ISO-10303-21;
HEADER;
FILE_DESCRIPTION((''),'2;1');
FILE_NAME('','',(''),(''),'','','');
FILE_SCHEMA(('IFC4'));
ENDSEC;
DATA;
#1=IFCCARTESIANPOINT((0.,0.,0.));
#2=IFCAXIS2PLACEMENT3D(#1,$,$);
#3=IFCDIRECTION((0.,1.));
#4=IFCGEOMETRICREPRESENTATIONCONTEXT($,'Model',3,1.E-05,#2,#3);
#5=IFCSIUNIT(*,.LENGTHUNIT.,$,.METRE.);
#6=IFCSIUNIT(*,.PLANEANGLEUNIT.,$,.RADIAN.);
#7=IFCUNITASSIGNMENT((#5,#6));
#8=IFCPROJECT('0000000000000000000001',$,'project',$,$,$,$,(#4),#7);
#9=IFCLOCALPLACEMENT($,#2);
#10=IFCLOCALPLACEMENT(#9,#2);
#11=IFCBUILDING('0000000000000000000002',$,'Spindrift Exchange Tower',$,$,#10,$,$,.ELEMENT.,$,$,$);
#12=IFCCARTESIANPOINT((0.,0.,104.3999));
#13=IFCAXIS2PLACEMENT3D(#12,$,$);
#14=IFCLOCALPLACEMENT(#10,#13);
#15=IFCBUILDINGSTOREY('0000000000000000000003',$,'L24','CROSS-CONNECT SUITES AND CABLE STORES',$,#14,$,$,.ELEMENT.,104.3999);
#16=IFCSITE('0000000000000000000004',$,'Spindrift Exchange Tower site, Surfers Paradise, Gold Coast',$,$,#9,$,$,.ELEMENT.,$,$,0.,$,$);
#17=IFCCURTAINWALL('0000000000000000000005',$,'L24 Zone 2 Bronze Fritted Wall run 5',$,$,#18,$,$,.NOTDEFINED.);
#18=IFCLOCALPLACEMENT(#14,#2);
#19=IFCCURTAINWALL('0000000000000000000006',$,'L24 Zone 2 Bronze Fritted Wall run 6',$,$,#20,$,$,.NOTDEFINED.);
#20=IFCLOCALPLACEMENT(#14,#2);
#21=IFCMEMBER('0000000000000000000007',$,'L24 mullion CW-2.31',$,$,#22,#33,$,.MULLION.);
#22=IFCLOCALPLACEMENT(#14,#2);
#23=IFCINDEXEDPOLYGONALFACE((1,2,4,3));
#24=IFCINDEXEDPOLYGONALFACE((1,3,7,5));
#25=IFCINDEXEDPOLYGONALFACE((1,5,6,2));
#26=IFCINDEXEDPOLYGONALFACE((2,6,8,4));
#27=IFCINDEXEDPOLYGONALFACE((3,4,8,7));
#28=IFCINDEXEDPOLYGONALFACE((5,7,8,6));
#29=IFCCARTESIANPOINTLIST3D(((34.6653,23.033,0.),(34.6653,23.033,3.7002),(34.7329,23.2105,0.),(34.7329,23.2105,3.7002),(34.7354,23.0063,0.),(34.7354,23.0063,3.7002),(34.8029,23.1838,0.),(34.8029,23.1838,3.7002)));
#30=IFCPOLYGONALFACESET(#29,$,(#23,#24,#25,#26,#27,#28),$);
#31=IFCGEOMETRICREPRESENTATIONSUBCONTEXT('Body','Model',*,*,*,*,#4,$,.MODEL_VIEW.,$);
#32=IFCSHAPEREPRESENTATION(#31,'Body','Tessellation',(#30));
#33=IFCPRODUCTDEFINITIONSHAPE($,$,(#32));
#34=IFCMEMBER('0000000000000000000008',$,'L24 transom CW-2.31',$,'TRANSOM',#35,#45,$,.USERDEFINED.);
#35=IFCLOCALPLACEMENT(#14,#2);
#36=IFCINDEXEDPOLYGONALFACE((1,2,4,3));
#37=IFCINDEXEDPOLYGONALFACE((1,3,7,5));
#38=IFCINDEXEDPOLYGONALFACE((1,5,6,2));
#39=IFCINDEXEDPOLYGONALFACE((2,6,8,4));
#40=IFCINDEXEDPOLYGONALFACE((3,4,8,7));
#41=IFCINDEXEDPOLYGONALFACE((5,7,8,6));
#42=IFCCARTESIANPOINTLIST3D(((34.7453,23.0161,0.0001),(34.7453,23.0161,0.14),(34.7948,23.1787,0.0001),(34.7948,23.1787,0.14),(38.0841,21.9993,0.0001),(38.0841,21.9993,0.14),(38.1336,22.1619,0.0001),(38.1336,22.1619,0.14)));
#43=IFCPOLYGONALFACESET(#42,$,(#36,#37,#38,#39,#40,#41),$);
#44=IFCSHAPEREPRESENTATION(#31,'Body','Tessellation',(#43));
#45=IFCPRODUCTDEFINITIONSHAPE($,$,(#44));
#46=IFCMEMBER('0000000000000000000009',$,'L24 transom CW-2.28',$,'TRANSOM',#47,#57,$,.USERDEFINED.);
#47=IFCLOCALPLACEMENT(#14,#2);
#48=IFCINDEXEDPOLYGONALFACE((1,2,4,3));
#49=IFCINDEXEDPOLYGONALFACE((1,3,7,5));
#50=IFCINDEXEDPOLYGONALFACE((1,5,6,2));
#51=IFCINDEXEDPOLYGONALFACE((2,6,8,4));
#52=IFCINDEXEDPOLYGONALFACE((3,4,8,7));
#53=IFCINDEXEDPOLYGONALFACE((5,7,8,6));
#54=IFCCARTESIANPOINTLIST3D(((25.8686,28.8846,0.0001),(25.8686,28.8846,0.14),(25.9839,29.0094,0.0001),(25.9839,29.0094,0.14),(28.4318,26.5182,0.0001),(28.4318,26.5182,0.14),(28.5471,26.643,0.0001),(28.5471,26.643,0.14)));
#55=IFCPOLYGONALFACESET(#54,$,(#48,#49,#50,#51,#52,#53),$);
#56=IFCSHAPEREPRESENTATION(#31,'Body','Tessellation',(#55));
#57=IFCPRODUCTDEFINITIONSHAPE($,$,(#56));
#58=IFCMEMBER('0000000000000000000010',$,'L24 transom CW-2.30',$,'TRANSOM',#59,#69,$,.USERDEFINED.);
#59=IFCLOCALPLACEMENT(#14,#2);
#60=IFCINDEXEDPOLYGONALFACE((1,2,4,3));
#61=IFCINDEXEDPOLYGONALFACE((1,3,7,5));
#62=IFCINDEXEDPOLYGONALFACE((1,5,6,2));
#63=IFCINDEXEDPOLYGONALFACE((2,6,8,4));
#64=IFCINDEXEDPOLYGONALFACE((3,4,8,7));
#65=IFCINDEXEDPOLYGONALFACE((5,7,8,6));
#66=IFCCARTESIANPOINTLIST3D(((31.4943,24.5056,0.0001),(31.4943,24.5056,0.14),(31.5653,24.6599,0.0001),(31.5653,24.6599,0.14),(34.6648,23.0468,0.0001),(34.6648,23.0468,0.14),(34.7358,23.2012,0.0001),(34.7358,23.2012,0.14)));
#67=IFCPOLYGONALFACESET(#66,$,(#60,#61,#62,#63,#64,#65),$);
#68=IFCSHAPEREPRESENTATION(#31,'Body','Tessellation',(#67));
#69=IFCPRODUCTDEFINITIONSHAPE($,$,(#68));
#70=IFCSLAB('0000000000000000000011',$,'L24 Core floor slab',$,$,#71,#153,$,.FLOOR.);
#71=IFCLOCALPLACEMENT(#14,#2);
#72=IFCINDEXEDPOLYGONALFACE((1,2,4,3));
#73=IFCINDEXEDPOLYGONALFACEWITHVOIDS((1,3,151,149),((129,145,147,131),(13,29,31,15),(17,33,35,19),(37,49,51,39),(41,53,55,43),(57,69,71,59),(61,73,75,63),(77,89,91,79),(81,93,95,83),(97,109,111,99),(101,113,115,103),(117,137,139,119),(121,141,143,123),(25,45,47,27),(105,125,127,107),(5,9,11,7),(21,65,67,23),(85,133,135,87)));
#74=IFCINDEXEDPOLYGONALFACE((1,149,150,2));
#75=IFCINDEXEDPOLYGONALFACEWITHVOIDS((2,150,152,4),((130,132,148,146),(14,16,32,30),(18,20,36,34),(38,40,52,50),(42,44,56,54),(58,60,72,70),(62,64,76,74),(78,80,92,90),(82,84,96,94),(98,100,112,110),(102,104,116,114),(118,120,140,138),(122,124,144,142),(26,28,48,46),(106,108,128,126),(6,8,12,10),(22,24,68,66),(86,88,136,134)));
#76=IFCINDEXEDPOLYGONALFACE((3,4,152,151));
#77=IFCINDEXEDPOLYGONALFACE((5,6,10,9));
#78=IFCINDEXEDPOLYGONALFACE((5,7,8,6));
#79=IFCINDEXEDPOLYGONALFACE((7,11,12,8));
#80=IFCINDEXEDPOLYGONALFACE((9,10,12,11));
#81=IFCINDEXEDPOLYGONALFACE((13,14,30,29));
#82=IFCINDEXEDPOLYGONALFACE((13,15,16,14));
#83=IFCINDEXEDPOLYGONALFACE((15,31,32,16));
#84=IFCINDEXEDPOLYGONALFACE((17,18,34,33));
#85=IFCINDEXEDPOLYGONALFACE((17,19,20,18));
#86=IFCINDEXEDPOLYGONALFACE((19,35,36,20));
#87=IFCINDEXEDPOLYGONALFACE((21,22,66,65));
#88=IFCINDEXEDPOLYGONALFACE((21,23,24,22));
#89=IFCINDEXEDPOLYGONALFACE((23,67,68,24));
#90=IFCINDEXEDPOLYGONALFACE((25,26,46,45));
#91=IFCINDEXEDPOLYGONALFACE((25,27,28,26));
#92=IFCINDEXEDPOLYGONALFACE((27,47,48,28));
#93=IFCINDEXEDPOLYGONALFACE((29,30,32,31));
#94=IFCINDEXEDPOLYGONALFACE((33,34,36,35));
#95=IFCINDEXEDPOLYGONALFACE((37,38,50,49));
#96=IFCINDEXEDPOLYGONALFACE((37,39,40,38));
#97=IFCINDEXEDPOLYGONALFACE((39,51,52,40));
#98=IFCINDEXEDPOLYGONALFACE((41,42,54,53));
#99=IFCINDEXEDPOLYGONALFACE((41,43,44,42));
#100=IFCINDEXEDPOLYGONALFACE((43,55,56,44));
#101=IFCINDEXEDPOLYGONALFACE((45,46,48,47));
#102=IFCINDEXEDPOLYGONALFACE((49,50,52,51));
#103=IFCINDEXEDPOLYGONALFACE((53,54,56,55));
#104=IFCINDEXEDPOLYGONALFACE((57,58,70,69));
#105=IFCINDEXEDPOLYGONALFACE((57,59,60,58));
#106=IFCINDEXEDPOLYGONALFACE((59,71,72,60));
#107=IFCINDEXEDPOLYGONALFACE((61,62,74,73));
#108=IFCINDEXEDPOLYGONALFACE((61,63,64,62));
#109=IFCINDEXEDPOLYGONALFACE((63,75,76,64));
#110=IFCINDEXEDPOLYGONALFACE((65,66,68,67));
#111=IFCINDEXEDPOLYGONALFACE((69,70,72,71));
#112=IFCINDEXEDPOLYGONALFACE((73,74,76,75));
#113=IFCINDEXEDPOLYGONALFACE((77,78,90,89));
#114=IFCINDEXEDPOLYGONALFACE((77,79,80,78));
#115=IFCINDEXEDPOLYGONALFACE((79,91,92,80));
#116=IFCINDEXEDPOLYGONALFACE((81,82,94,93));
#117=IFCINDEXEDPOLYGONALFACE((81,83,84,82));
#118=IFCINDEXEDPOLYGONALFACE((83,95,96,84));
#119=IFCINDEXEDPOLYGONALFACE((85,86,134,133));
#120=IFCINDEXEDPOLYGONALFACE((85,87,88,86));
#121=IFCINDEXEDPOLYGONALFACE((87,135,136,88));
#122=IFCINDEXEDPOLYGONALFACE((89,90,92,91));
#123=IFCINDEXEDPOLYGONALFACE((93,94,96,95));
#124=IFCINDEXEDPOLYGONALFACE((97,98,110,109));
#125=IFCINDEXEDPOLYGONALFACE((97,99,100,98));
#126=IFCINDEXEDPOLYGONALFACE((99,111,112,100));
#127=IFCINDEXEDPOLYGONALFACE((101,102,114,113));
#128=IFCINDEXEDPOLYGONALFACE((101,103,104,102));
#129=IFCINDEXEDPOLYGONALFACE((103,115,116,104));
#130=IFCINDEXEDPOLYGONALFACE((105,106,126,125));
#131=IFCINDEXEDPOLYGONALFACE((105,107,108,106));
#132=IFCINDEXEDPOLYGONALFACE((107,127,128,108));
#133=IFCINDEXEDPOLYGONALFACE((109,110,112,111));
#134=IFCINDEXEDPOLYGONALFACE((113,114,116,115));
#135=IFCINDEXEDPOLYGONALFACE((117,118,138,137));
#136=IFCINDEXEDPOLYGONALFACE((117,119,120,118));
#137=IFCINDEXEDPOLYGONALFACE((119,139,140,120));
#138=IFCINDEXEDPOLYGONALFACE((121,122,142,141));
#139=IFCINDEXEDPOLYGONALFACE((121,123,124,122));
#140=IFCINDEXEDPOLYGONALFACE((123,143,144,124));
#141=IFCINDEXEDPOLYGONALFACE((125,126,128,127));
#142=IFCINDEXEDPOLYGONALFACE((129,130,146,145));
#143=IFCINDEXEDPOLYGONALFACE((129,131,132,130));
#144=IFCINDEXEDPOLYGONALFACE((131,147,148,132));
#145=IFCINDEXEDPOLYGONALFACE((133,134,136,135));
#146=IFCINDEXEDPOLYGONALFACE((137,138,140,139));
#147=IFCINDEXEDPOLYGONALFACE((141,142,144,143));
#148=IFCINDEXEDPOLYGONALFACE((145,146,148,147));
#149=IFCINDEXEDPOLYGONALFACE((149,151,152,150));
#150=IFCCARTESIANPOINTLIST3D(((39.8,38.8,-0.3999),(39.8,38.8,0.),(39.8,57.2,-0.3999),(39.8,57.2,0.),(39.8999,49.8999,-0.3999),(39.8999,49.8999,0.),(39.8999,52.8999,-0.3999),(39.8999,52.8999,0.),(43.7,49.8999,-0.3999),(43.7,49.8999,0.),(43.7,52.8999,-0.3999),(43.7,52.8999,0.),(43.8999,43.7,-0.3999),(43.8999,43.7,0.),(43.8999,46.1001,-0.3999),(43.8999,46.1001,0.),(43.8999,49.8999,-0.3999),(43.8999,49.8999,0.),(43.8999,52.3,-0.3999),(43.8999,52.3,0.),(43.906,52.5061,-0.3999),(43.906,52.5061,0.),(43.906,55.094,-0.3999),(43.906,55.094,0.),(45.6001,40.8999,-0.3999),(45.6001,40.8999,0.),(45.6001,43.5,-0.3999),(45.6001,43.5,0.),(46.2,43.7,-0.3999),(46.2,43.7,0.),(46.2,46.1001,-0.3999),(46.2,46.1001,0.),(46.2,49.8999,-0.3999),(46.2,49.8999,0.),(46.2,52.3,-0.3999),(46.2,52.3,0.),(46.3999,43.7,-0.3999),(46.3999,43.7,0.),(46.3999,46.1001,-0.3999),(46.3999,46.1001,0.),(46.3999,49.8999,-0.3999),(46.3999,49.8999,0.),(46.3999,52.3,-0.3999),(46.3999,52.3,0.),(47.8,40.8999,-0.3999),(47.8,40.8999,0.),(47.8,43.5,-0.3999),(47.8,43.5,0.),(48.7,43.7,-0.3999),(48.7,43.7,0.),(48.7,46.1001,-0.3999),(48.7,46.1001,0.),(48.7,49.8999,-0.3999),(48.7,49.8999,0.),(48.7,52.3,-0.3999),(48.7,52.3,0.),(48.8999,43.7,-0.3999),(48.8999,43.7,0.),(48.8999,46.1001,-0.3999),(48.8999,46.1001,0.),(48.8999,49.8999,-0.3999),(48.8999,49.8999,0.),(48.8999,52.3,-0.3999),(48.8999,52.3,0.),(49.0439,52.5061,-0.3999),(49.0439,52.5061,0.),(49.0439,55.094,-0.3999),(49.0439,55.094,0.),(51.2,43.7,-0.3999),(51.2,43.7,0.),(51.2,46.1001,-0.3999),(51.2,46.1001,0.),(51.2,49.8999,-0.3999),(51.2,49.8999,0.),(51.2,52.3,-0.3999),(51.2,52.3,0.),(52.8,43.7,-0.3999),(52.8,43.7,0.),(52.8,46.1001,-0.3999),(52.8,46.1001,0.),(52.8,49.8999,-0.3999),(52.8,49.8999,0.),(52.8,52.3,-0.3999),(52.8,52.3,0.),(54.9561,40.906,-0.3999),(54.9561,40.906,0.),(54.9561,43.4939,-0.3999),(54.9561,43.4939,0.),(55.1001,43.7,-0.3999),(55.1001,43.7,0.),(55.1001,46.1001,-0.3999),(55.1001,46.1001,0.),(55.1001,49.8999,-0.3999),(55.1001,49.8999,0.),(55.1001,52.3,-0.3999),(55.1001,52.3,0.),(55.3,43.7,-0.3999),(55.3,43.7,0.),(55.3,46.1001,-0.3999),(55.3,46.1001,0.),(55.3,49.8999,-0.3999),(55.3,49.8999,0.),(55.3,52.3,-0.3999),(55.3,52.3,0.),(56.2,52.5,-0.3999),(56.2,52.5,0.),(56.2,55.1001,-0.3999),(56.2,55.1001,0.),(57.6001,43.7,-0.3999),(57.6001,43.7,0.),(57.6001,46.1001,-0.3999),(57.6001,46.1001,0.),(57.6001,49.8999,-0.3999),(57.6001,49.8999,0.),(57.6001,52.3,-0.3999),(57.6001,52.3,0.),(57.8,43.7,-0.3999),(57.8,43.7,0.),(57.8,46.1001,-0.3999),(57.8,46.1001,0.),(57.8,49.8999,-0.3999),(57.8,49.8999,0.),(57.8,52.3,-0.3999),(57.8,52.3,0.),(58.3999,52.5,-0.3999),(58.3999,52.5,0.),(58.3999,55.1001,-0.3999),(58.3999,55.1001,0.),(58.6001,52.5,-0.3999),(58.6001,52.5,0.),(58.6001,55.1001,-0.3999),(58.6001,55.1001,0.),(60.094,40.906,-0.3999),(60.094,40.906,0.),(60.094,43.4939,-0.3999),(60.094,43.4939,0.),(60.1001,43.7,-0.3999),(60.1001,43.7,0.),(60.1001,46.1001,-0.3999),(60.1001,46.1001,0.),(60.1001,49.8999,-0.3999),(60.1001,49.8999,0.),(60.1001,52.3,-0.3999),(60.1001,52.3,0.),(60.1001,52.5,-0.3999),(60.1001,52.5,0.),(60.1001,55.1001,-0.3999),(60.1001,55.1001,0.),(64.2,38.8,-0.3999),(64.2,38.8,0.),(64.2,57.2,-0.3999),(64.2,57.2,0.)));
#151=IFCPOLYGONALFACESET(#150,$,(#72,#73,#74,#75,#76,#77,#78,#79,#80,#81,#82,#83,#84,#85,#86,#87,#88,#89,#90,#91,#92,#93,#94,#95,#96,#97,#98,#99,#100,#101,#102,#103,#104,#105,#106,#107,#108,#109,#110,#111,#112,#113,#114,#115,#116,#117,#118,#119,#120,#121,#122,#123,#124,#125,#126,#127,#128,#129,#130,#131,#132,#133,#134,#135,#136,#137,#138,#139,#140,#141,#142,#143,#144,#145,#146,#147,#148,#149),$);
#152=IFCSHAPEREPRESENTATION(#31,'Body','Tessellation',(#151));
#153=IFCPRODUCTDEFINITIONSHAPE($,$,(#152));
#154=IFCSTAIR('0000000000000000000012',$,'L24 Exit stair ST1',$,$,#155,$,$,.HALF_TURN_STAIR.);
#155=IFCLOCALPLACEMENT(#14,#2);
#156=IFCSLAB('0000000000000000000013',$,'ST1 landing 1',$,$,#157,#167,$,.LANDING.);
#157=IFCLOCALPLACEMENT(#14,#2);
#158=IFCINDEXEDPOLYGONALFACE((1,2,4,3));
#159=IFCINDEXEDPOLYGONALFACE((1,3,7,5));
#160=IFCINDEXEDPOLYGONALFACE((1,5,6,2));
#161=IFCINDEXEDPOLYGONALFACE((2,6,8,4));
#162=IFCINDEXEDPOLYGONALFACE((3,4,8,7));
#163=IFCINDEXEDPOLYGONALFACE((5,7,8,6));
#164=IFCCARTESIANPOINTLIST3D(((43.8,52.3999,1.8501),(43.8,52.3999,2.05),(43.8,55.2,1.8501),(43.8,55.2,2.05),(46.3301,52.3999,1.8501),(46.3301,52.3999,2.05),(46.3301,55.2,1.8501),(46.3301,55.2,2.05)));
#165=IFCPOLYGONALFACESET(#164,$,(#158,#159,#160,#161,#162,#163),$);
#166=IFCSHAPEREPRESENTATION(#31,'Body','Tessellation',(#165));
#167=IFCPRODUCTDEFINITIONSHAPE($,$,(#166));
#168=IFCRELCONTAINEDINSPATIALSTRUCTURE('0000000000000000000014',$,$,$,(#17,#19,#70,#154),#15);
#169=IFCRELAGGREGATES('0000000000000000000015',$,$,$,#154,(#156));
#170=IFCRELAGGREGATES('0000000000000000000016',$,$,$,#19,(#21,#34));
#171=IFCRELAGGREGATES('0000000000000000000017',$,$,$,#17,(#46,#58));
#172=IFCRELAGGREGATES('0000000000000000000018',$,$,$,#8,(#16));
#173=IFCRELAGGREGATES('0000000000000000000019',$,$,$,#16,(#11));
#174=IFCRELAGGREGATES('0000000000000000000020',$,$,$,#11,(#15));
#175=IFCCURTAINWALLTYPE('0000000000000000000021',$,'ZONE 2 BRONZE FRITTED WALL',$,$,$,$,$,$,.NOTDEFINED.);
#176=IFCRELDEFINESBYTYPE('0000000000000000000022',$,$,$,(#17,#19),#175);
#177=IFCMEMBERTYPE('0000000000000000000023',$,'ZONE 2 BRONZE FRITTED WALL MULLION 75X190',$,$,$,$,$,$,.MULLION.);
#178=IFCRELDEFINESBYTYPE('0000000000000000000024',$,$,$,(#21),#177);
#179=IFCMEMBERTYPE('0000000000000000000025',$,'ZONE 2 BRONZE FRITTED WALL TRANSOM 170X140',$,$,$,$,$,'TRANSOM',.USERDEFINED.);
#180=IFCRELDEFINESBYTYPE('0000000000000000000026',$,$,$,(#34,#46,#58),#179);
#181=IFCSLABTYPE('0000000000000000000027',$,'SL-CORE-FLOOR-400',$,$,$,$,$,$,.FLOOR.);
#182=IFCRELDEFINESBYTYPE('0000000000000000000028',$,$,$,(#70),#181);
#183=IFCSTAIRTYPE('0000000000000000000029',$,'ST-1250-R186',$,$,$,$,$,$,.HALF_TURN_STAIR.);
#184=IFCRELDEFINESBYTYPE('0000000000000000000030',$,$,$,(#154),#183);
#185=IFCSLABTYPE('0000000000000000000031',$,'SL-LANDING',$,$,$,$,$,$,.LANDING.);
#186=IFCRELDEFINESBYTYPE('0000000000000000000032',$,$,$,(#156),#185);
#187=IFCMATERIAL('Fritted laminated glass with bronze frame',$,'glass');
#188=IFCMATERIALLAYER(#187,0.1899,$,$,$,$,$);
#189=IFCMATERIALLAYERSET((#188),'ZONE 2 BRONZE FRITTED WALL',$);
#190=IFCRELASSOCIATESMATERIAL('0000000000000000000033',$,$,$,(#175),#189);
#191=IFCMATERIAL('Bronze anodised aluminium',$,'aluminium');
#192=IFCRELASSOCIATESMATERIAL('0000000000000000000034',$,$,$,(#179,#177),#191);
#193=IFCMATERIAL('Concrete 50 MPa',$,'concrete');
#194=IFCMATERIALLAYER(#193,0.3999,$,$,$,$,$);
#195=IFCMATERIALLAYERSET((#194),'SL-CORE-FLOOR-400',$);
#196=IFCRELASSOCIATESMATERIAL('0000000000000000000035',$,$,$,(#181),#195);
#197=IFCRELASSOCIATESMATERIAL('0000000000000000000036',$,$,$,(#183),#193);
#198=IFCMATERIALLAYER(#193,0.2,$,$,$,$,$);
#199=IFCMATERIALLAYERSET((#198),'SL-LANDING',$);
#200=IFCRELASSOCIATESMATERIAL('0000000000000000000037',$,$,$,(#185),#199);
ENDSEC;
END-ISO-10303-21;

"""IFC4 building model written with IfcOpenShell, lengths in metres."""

from ifc_helpers import new_model, si_unit, direction, frame, origin, origin_2d, place, context, subcontext, project, spatial, line, indexed_curve, rectangle, outline, extrude, source, transform, mapped, material, layer, layer_set, material_profile, profile_set, type_object, element, aggregate, save


model = new_model("IFC4")

# Units and contexts
model_context = context("Model", 3, precision=1e-05, world=origin(), true_north=direction((0.0, 1.0)))
body_context = subcontext(model_context, "Body", "Model", "MODEL_VIEW")
ifc_project = project(units=[si_unit("LENGTHUNIT", "METRE"), si_unit("PLANEANGLEUNIT", "RADIAN")], contexts=[model_context])

# Site, building, storey
site_placement = place(None, origin())
site = spatial("IfcSite", under=ifc_project, at=site_placement, Name="Spindrift Exchange Tower site, Surfers Paradise, Gold Coast", CompositionType="ELEMENT", RefElevation=0.0)
building_placement = place(site_placement, origin())
building = spatial("IfcBuilding", under=site, at=building_placement, Name="Spindrift Exchange Tower", CompositionType="ELEMENT")
storey_placement = place(building_placement, frame((0.0, 0.0, 104.3999)))
storey = spatial("IfcBuildingStorey", under=building, at=storey_placement, Name="L24", Description="CROSS-CONNECT SUITES AND CABLE STORES", CompositionType="ELEMENT", Elevation=104.3999)

# Curtain walls, members
ifc_material_1 = material(Name="Fritted laminated glass with bronze frame", Category="glass")
ifc_layer_1 = layer(ifc_material_1, 0.1899)
ifc_layer_set_1 = layer_set([ifc_layer_1], Name="ZONE 2 BRONZE FRITTED WALL")
curtain_wall_type = type_object("IfcCurtainWallType", Name="ZONE 2 BRONZE FRITTED WALL", PredefinedType="NOTDEFINED", material=ifc_layer_set_1)
curtain_wall_1_placement = place(storey_placement, origin())
curtain_wall_1 = element("IfcCurtainWall", 1, at=curtain_wall_1_placement, inside=storey, type_object=curtain_wall_type, Name="L24 Zone 2 Bronze Fritted Wall run 5", PredefinedType="NOTDEFINED")
ifc_material_2 = material(Name="Bronze anodised aluminium", Category="aluminium")
ifc_material_profile_1 = material_profile(ifc_material_2, rectangle(XDim=0.1699, YDim=0.1399, at=origin_2d()), Name="ZONE 2 BRONZE FRITTED WALL TRANSOM 170X140")
ifc_profile_set_1 = profile_set([ifc_material_profile_1], Name="Bronze anodised aluminium")
member_type_1 = type_object("IfcMemberType", Name="ZONE 2 BRONZE FRITTED WALL TRANSOM 170X140", ElementType="TRANSOM", PredefinedType="USERDEFINED", material=ifc_profile_set_1)
ifc_material_profile_2 = material_profile(ifc_material_2, rectangle(XDim=0.075, YDim=0.1899, at=origin_2d()), Name="ZONE 2 BRONZE FRITTED WALL MULLION 75X190")
ifc_profile_set_2 = profile_set([ifc_material_profile_2], Name="Bronze anodised aluminium")
member_type_2 = type_object("IfcMemberType", Name="ZONE 2 BRONZE FRITTED WALL MULLION 75X190", PredefinedType="MULLION", material=ifc_profile_set_2)
shared_shape_1 = source(origin(), body_context, "Body", "SweptSolid", [
    extrude(rectangle(XDim=0.075, YDim=0.1899, at=origin_2d()), origin(), (0.0, 0.0, 1.0), 3.7002),
])
curtain_wall_2_placement = place(storey_placement, origin())
curtain_wall_2 = element("IfcCurtainWall", 2, at=curtain_wall_2_placement, inside=storey, type_object=curtain_wall_type, Name="L24 Zone 2 Bronze Fritted Wall run 6", PredefinedType="NOTDEFINED")
member_1_placement = place(storey_placement, frame((34.7341, 23.1084, 0.0), z_axis=(0.0, 0.0, 1.0), x_axis=(0.934676, -0.355502, 0.0)))
member_1 = element("IfcMember", 3, at=member_1_placement, type_object=member_type_2, Name="L24 mullion CW-2.31", PredefinedType="MULLION", context=body_context, shape_type="MappedRepresentation", body=[
    mapped(shared_shape_1, transform((0.0, 0.0, 0.0), scale=1.0)),
])
shared_shape_2 = source(origin(), body_context, "Body", "SweptSolid", [
    extrude(rectangle(XDim=0.1699, YDim=0.1399, at=origin_2d()), origin(), (0.0, 0.0, 1.0), 3.4902),
])
member_2_placement = place(storey_placement, frame((34.77, 23.0974, 0.0701), z_axis=(0.95662, -0.291337, 0.0), x_axis=(0.291337, 0.95662, 0.0)))
member_2 = element("IfcMember", 4, at=member_2_placement, type_object=member_type_1, Name="L24 transom CW-2.31", ObjectType="TRANSOM", PredefinedType="USERDEFINED", context=body_context, shape_type="MappedRepresentation", body=[
    mapped(shared_shape_2, transform((0.0, 0.0, 0.0), scale=1.0)),
])

# Members
shared_shape_3 = source(origin(), body_context, "Body", "SweptSolid", [
    extrude(rectangle(XDim=0.1699, YDim=0.1399, at=origin_2d()), origin(), (0.0, 0.0, 1.0), 3.4885),
])
member_3_placement = place(storey_placement, frame((25.9263, 28.947, 0.0701), z_axis=(0.734747, -0.678341, 0.0), x_axis=(0.678341, 0.734747, 0.0)))
member_3 = element("IfcMember", 5, at=member_3_placement, type_object=member_type_1, Name="L24 transom CW-2.28", ObjectType="TRANSOM", PredefinedType="USERDEFINED", context=body_context, shape_type="MappedRepresentation", body=[
    mapped(shared_shape_3, transform((0.0, 0.0, 0.0), scale=1.0)),
])
shared_shape_4 = source(origin(), body_context, "Body", "SweptSolid", [
    extrude(rectangle(XDim=0.1699, YDim=0.1399, at=origin_2d()), origin(), (0.0, 0.0, 1.0), 3.49),
])
member_4_placement = place(storey_placement, frame((31.5298, 24.5828, 0.0701), z_axis=(0.908452, -0.417989, 0.0), x_axis=(0.417989, 0.908452, 0.0)))
member_4 = element("IfcMember", 6, at=member_4_placement, type_object=member_type_1, Name="L24 transom CW-2.30", ObjectType="TRANSOM", PredefinedType="USERDEFINED", context=body_context, shape_type="MappedRepresentation", body=[
    mapped(shared_shape_4, transform((0.0, 0.0, 0.0), scale=1.0)),
])

# Slab
ifc_material_3 = material(Name="Concrete 50 MPa", Category="concrete")
ifc_layer_2 = layer(ifc_material_3, 0.3999)
ifc_layer_set_2 = layer_set([ifc_layer_2], Name="SL-CORE-FLOOR-400")
slab_type_1 = type_object("IfcSlabType", Name="SL-CORE-FLOOR-400", PredefinedType="FLOOR", material=ifc_layer_set_2)
slab_1_placement = place(storey_placement, frame((0.0, 0.0, -0.3999)))
element("IfcSlab", 7, at=slab_1_placement, inside=storey, type_object=slab_type_1, Name="L24 Core floor slab", PredefinedType="FLOOR", context=body_context, shape_type="SweptSolid", body=[
    extrude(outline(indexed_curve([(39.8, 38.8), (39.8, 57.2), (64.2, 57.2), (64.2, 38.8)], segments=[line(1, 2, 3, 4, 1)], self_intersect=False), holes=[indexed_curve([(47.8, 43.5), (45.6001, 43.5), (45.6001, 40.8999), (47.8, 40.8999)], segments=[line(1, 2, 3, 4, 1)], self_intersect=False), indexed_curve([(46.2, 46.1001), (43.8999, 46.1001), (43.8999, 43.7), (46.2, 43.7)], segments=[line(1, 2, 3, 4, 1)], self_intersect=False), indexed_curve([(48.7, 46.1001), (46.3999, 46.1001), (46.3999, 43.7), (48.7, 43.7)], segments=[line(1, 2, 3, 4, 1)], self_intersect=False), indexed_curve([(51.2, 46.1001), (48.8999, 46.1001), (48.8999, 43.7), (51.2, 43.7)], segments=[line(1, 2, 3, 4, 1)], self_intersect=False), indexed_curve([(46.2, 52.3), (43.8999, 52.3), (43.8999, 49.8999), (46.2, 49.8999)], segments=[line(1, 2, 3, 4, 1)], self_intersect=False), indexed_curve([(48.7, 52.3), (46.3999, 52.3), (46.3999, 49.8999), (48.7, 49.8999)], segments=[line(1, 2, 3, 4, 1)], self_intersect=False), indexed_curve([(51.2, 52.3), (48.8999, 52.3), (48.8999, 49.8999), (51.2, 49.8999)], segments=[line(1, 2, 3, 4, 1)], self_intersect=False), indexed_curve([(43.7, 49.8999), (43.7, 52.8999), (39.8999, 52.8999), (39.8999, 49.8999)], segments=[line(1, 2, 3, 4, 1)], self_intersect=False), indexed_curve([(49.0439, 55.094), (43.906, 55.094), (43.906, 52.5061), (49.0439, 52.5061)], segments=[line(1, 2, 3, 4, 1)], self_intersect=False), indexed_curve([(60.094, 40.906), (60.094, 43.4939), (54.9561, 43.4939), (54.9561, 40.906)], segments=[line(1, 2, 3, 4, 1)], self_intersect=False), indexed_curve([(55.1001, 46.1001), (52.8, 46.1001), (52.8, 43.7), (55.1001, 43.7)], segments=[line(1, 2, 3, 4, 1)], self_intersect=False), indexed_curve([(57.6001, 46.1001), (55.3, 46.1001), (55.3, 43.7), (57.6001, 43.7)], segments=[line(1, 2, 3, 4, 1)], self_intersect=False), indexed_curve([(60.1001, 46.1001), (57.8, 46.1001), (57.8, 43.7), (60.1001, 43.7)], segments=[line(1, 2, 3, 4, 1)], self_intersect=False), indexed_curve([(55.1001, 52.3), (52.8, 52.3), (52.8, 49.8999), (55.1001, 49.8999)], segments=[line(1, 2, 3, 4, 1)], self_intersect=False), indexed_curve([(57.6001, 52.3), (55.3, 52.3), (55.3, 49.8999), (57.6001, 49.8999)], segments=[line(1, 2, 3, 4, 1)], self_intersect=False), indexed_curve([(60.1001, 52.3), (57.8, 52.3), (57.8, 49.8999), (60.1001, 49.8999)], segments=[line(1, 2, 3, 4, 1)], self_intersect=False), indexed_curve([(58.3999, 52.5), (58.3999, 55.1001), (56.2, 55.1001), (56.2, 52.5)], segments=[line(1, 2, 3, 4, 1)], self_intersect=False), indexed_curve([(60.1001, 52.5), (60.1001, 55.1001), (58.6001, 55.1001), (58.6001, 52.5)], segments=[line(1, 2, 3, 4, 1)], self_intersect=False)]), origin(), (0.0, 0.0, 1.0), 0.3999),
])

# Stair, slab
stair_type = type_object("IfcStairType", Name="ST-1250-R186", PredefinedType="HALF_TURN_STAIR", material=ifc_material_3)
stair_1_placement = place(storey_placement, origin())
stair_1 = element("IfcStair", 8, at=stair_1_placement, inside=storey, type_object=stair_type, Name="L24 Exit stair ST1", PredefinedType="HALF_TURN_STAIR")
ifc_layer_3 = layer(ifc_material_3, 0.2)
ifc_layer_set_3 = layer_set([ifc_layer_3], Name="SL-LANDING")
slab_type_2 = type_object("IfcSlabType", Name="SL-LANDING", PredefinedType="LANDING", material=ifc_layer_set_3)
slab_2_placement = place(storey_placement, frame((0.0, 0.0, 1.8501)))
slab_2 = element("IfcSlab", 9, at=slab_2_placement, type_object=slab_type_2, Name="ST1 landing 1", PredefinedType="LANDING", context=body_context, shape_type="SweptSolid", body=[
    extrude(outline(indexed_curve([(46.3301, 52.3999), (43.8, 52.3999), (43.8, 55.2), (46.3301, 55.2)], segments=[line(1, 2, 3, 4, 1)], self_intersect=False)), origin(), (0.0, 0.0, 1.0), 0.2),
])
aggregate(stair_1, [slab_2])

aggregate(curtain_wall_2, [member_1, member_2])
aggregate(curtain_wall_1, [member_3, member_4])

save(model, "model.ifc")
